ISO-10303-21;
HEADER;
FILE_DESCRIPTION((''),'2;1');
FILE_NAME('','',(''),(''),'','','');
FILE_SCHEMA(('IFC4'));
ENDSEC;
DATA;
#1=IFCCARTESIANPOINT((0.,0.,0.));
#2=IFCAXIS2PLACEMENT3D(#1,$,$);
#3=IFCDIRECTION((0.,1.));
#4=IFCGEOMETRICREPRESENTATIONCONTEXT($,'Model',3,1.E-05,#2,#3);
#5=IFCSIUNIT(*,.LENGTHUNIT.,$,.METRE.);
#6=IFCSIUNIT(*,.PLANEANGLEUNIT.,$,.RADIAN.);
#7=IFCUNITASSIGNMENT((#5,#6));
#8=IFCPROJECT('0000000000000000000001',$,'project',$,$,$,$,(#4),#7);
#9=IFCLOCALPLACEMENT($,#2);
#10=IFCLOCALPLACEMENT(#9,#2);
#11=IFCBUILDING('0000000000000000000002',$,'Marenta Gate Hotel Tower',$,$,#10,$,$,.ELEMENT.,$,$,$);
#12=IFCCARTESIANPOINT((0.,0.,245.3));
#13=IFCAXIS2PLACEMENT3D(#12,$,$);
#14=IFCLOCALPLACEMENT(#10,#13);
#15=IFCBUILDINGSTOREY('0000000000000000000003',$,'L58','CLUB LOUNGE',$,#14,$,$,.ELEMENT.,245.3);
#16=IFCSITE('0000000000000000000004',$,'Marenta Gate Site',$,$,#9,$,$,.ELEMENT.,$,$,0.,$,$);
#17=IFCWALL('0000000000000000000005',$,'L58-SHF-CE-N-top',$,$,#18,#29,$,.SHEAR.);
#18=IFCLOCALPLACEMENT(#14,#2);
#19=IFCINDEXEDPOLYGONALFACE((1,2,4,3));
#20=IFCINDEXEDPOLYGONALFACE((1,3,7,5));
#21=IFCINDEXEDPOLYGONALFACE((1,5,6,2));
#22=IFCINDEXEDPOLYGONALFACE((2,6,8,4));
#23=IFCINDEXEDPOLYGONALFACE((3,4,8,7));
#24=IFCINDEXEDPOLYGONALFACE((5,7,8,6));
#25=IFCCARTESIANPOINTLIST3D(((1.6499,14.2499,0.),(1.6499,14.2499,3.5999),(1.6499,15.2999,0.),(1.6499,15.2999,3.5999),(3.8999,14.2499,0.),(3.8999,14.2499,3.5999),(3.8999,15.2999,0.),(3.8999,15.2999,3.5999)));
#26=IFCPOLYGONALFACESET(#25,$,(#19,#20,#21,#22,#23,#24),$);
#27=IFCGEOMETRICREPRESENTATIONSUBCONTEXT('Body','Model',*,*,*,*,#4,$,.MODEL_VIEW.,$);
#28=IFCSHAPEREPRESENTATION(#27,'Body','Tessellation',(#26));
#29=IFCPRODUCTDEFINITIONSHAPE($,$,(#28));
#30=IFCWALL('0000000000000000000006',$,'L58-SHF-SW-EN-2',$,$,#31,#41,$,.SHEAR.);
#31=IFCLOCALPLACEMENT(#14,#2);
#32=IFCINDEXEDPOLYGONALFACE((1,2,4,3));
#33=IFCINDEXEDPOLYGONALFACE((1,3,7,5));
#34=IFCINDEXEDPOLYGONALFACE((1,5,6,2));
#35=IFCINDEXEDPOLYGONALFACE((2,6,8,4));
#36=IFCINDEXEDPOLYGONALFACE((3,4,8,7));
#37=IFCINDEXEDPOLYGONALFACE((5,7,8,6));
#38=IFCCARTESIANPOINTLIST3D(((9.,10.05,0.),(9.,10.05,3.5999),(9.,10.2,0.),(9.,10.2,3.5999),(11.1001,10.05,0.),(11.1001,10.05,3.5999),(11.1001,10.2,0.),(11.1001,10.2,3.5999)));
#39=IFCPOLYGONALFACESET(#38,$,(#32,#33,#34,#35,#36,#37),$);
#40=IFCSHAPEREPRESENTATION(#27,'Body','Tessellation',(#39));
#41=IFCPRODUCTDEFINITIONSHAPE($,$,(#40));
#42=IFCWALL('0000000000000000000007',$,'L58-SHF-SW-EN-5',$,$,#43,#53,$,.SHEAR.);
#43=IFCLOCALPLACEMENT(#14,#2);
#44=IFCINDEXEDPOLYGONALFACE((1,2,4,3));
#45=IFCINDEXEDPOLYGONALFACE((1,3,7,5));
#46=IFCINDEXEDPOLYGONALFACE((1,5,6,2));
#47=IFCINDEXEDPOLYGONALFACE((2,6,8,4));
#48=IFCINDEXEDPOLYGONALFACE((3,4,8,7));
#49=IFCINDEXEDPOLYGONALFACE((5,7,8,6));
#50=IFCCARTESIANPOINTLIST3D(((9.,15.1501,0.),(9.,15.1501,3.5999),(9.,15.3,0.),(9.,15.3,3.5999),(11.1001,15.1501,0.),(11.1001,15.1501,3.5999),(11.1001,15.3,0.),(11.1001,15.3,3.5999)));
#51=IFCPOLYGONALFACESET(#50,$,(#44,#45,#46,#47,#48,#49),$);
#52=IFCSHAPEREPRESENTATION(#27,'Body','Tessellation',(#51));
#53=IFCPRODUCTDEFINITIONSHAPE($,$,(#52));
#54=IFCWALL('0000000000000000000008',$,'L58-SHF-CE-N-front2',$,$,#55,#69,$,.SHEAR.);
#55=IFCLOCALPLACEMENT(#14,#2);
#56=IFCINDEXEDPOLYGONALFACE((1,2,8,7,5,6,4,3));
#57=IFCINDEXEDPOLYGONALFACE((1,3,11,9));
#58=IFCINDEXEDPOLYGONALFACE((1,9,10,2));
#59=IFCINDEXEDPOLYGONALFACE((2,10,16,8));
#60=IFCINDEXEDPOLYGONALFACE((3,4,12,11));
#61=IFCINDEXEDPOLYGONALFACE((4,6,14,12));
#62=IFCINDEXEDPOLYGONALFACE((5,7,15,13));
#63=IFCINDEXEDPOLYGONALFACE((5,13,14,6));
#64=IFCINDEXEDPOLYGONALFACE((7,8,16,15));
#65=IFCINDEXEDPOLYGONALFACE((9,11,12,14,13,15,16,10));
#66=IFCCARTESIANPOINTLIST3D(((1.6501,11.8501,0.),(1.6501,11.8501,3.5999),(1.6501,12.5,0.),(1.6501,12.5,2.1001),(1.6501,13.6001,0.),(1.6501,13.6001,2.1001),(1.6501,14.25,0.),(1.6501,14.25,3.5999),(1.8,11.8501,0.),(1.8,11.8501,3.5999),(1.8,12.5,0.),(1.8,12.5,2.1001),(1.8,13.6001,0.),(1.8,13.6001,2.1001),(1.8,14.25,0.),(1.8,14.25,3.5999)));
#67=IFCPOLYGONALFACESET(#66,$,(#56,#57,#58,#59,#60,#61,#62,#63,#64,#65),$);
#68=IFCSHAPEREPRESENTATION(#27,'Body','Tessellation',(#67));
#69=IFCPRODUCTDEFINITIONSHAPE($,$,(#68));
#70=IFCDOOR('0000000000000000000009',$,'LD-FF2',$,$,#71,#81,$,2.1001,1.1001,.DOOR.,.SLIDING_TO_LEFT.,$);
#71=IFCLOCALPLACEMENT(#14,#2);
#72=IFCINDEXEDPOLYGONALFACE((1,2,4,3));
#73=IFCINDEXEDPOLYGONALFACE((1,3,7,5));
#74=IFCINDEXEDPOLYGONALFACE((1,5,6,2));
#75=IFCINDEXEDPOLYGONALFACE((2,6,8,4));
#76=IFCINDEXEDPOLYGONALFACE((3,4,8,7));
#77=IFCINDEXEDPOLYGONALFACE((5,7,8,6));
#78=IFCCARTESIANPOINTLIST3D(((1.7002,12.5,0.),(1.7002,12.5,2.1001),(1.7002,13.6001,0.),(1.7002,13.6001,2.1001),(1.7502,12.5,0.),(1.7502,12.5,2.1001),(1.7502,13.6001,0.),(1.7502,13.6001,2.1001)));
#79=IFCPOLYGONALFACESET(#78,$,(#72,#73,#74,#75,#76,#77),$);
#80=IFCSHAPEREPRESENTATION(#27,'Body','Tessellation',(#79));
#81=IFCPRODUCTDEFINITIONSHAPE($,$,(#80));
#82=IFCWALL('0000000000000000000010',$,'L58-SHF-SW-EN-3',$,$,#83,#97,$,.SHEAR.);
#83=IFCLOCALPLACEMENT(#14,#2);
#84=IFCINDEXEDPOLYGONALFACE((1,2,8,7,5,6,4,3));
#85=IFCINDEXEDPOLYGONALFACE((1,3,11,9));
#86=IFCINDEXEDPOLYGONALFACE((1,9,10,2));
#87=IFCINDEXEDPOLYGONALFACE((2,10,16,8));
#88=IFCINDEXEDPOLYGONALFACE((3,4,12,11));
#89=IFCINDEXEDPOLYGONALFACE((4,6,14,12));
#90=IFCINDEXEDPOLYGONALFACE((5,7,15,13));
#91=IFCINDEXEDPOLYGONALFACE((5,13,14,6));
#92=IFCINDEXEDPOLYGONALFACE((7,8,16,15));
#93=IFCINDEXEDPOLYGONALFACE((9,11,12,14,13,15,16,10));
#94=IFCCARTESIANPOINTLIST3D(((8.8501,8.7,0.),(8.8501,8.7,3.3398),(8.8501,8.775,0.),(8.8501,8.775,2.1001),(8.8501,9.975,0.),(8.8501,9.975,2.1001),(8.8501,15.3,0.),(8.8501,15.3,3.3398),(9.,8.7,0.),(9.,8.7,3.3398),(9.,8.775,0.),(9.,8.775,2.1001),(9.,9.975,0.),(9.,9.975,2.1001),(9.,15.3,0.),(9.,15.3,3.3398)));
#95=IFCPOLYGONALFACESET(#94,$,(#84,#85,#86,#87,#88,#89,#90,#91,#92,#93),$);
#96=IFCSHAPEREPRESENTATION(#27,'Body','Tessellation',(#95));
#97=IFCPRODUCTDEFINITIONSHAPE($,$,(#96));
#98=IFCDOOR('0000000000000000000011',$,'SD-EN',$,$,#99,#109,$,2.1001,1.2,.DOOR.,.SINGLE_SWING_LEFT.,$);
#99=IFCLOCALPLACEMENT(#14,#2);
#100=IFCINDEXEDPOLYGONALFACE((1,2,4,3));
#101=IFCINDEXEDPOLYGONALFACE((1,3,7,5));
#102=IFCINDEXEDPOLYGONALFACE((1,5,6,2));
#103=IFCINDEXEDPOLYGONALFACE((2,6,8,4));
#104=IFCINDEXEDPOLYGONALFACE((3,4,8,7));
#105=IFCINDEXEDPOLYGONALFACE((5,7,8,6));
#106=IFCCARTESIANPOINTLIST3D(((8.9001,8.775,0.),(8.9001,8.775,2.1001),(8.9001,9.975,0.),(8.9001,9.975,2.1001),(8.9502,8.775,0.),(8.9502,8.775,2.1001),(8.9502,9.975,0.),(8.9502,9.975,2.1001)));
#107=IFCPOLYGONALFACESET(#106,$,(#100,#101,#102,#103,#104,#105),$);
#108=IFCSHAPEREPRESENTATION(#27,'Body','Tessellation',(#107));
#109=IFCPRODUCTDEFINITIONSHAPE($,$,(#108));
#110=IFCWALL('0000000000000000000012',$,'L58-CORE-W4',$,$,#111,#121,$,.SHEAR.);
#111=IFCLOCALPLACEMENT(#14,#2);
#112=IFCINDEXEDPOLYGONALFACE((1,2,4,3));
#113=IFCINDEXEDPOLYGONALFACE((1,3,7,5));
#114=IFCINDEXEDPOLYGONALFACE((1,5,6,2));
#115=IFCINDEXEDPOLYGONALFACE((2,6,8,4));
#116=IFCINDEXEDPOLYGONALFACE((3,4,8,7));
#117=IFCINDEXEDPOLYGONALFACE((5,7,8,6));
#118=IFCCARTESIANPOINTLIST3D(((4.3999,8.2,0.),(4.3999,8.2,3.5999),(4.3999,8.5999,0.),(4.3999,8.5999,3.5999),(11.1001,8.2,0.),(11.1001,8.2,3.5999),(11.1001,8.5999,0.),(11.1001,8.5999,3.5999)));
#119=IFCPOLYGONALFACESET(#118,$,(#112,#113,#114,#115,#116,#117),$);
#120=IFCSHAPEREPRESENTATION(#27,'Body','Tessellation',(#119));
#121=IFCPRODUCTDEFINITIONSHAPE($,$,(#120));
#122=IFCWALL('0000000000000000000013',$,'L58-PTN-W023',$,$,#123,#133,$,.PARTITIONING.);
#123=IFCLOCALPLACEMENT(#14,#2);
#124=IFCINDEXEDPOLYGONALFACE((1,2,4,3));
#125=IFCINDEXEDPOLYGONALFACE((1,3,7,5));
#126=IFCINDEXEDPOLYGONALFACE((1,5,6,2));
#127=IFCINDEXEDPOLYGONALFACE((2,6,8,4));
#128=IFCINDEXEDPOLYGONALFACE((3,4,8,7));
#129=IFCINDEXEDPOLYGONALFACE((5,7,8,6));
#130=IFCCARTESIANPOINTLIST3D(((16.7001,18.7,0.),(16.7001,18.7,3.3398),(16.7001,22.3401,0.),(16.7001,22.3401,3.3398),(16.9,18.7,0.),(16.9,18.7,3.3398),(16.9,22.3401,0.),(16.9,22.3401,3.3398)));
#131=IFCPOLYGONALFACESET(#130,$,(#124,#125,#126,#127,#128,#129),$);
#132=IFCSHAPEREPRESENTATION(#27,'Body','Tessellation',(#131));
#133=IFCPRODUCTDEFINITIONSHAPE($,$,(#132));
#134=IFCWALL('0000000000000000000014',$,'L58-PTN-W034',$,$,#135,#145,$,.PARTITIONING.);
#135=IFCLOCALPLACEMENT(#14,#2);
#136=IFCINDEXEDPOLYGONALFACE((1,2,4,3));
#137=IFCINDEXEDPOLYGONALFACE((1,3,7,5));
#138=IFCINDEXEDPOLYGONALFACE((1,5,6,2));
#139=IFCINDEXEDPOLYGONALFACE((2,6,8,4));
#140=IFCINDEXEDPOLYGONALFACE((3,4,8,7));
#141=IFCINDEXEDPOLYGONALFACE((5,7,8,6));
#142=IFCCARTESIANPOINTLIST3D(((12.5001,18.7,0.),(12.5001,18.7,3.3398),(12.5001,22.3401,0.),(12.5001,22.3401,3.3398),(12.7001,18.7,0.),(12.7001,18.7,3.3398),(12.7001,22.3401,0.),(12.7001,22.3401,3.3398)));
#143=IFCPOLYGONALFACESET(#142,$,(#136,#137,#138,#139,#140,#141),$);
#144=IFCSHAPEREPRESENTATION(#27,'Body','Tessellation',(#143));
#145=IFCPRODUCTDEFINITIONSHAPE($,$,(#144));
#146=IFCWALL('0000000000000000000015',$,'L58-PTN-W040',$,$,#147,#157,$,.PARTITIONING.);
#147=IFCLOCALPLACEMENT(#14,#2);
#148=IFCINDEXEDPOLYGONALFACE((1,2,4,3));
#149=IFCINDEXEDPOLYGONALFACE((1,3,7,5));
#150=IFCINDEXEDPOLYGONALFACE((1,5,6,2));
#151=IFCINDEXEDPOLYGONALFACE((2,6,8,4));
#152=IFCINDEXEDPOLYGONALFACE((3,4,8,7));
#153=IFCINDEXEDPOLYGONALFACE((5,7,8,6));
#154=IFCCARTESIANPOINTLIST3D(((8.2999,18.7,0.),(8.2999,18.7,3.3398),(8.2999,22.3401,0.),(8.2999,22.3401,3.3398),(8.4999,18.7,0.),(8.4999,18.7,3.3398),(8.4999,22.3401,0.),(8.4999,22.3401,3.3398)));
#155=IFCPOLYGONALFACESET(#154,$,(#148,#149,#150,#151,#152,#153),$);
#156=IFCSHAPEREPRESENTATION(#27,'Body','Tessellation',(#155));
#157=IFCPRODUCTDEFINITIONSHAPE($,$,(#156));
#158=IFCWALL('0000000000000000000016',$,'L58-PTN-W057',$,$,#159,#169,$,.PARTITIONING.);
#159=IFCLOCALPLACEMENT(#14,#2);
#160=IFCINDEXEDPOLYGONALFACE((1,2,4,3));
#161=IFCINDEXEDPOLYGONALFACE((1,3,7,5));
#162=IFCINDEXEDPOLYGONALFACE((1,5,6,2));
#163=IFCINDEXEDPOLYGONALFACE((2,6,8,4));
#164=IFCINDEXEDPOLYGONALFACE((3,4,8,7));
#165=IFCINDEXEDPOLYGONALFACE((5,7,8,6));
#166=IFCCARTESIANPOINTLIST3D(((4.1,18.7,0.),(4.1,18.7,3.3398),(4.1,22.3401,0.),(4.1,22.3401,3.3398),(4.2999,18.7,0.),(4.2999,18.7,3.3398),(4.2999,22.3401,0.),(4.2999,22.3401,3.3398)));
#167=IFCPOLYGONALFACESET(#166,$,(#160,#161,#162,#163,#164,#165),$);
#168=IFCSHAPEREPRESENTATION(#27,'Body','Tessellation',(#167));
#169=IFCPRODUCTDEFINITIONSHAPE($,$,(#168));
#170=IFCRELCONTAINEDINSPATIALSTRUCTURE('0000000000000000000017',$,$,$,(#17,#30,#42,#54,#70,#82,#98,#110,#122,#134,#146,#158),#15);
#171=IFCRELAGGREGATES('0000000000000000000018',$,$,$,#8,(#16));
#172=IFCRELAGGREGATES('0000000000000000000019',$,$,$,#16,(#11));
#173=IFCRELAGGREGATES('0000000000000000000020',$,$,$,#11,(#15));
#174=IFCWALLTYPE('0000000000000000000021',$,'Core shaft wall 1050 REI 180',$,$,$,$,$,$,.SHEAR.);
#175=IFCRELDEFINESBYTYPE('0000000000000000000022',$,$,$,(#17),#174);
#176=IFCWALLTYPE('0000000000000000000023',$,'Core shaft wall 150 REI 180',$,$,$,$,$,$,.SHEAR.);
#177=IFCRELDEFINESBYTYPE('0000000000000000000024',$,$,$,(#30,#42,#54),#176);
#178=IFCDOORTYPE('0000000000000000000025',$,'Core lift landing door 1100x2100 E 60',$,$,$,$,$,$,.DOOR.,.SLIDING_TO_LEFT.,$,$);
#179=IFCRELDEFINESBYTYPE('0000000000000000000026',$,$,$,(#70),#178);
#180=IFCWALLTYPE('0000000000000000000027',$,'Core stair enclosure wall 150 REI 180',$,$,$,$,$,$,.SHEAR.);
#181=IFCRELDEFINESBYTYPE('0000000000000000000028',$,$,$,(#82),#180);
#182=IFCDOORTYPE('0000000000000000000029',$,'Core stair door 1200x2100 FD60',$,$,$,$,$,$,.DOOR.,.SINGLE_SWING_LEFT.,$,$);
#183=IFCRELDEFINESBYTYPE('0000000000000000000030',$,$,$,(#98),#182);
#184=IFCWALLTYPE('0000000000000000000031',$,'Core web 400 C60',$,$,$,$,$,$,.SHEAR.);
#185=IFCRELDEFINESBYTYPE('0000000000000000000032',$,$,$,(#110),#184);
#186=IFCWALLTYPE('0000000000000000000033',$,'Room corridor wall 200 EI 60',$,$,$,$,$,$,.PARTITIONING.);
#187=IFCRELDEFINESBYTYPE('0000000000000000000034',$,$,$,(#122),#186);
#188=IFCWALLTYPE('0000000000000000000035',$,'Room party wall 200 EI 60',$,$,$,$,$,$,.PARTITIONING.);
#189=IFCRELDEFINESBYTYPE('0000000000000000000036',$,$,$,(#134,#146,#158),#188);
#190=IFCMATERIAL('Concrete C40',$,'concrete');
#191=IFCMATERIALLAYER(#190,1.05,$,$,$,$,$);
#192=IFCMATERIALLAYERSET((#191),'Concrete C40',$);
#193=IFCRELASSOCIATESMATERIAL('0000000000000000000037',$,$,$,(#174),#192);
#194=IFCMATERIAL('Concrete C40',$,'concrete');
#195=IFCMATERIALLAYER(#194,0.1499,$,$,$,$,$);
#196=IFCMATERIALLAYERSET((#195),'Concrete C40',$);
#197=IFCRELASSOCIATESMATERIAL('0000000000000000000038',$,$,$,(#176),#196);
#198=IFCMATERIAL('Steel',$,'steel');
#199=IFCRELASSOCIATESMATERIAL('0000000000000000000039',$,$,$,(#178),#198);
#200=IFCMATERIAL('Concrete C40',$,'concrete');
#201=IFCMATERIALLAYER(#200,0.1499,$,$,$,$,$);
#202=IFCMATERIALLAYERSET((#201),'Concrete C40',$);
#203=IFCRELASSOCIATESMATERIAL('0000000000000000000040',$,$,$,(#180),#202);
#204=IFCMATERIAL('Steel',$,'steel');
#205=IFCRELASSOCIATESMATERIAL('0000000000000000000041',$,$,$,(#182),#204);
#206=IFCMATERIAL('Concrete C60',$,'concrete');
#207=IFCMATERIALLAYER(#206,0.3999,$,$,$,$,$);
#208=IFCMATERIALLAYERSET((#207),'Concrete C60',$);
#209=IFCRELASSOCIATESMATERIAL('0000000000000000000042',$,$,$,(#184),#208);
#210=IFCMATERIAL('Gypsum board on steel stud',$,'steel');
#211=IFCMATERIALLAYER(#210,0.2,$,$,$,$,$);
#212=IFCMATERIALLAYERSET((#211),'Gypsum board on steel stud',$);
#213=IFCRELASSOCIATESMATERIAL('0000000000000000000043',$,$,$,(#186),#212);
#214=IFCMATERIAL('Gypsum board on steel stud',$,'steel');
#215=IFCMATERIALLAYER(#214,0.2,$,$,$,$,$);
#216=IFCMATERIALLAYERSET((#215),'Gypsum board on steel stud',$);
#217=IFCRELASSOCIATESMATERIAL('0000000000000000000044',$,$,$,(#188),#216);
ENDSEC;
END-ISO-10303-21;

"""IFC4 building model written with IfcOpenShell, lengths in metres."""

from ifc_helpers import new_model, si_unit, direction, frame, frame_2d, origin, place, context, subcontext, project, spatial, rectangle, extrude, material, layer, layer_set, type_object, element, fill, save


model = new_model("IFC4")

# Units and contexts
model_context = context("Model", 3, precision=1e-05, world=origin(), true_north=direction((0.0, 1.0)))
body_context = subcontext(model_context, "Body", "Model", "MODEL_VIEW")
ifc_project = project(units=[si_unit("LENGTHUNIT", "METRE"), si_unit("PLANEANGLEUNIT", "RADIAN")], contexts=[model_context])

# Site, building, storey
site_placement = place(None, origin())
site = spatial("IfcSite", under=ifc_project, at=site_placement, Name="Marenta Gate Site", CompositionType="ELEMENT", RefElevation=0.0)
building_placement = place(site_placement, origin())
building = spatial("IfcBuilding", under=site, at=building_placement, Name="Marenta Gate Hotel Tower", CompositionType="ELEMENT")
storey_placement = place(building_placement, frame((0.0, 0.0, 245.3)))
storey = spatial("IfcBuildingStorey", under=building, at=storey_placement, Name="L58", Description="CLUB LOUNGE", CompositionType="ELEMENT", Elevation=245.3)

# Walls
ifc_material_1 = material(Name="Concrete C40", Category="concrete")
ifc_layer_1 = layer(ifc_material_1, 1.05)
ifc_layer_set_1 = layer_set([ifc_layer_1], Name="Concrete C40")
wall_type_1 = type_object("IfcWallType", Name="Core shaft wall 1050 REI 180", PredefinedType="SHEAR", material=ifc_layer_set_1)
wall_1_placement = place(storey_placement, frame((1.6499, 14.7749, 0.0), z_axis=(0.0, 0.0, 1.0), x_axis=(1.0, 0.0, 0.0)))
element("IfcWall", 1, at=wall_1_placement, inside=storey, type_object=wall_type_1, Name="L58-SHF-CE-N-top", PredefinedType="SHEAR", context=body_context, shape_type="SweptSolid", body=[
    extrude(rectangle(XDim=2.25, YDim=1.05, at=frame_2d((1.125, 0.0))), origin(), (0.0, 0.0, 1.0), 3.5999),
])
ifc_material_2 = material(Name="Concrete C40", Category="concrete")
ifc_layer_2 = layer(ifc_material_2, 0.1499)
ifc_layer_set_2 = layer_set([ifc_layer_2], Name="Concrete C40")
wall_type_2 = type_object("IfcWallType", Name="Core shaft wall 150 REI 180", PredefinedType="SHEAR", material=ifc_layer_set_2)
for number, where, z_axis, x_axis, name in (
    (2, (9.0, 10.125, 0.0), (0.0, 0.0, 1.0), (1.0, 0.0, 0.0), "L58-SHF-SW-EN-2"),
    (3, (9.0, 15.2251, 0.0), (0.0, 0.0, 1.0), (1.0, 0.0, 0.0), "L58-SHF-SW-EN-5"),
):
    element("IfcWall", number, at=place(storey_placement, frame(where, z_axis=z_axis, x_axis=x_axis)), inside=storey, type_object=wall_type_2, Name=name, PredefinedType="SHEAR", context=body_context, shape_type="SweptSolid", body=[
        extrude(rectangle(XDim=2.1001, YDim=0.1499, at=frame_2d((1.05, 0.0))), origin(), (0.0, 0.0, 1.0), 3.5999),
    ])

# Walls, openings, doors
wall_2_placement = place(storey_placement, frame((1.7251, 11.8501, 0.0), z_axis=(0.0, 0.0, 1.0), x_axis=(0.0, 1.0, 0.0)))
wall_2 = element("IfcWall", 4, at=wall_2_placement, inside=storey, type_object=wall_type_2, Name="L58-SHF-CE-N-front2", PredefinedType="SHEAR", context=body_context, shape_type="SweptSolid", body=[
    extrude(rectangle(XDim=2.3999, YDim=0.1499, at=frame_2d((1.2, 0.0))), origin(), (0.0, 0.0, 1.0), 3.5999),
])
opening_1_placement = place(wall_2_placement, frame((0.6499, 0.0, 0.0)))
opening_1 = element("IfcOpeningElement", 5, at=opening_1_placement, cuts=wall_2, PredefinedType="OPENING", context=body_context, shape_type="SweptSolid", body=[
    extrude(rectangle(XDim=1.1001, YDim=2.1001, at=frame_2d((0.55, 1.05))), frame((0.0, 0.075, 0.0), z_axis=(0.0, -1.0, 0.0), x_axis=(1.0, 0.0, 0.0)), (0.0, 0.0, 1.0), 0.1499),
])
ifc_material_3 = material(Name="Steel", Category="steel")
door_type_1 = type_object("IfcDoorType", Name="Core lift landing door 1100x2100 E 60", OperationType="SLIDING_TO_LEFT", PredefinedType="DOOR", material=ifc_material_3)
door_1_placement = place(opening_1_placement, origin())
door_1 = element("IfcDoor", 6, at=door_1_placement, inside=storey, type_object=door_type_1, Name="LD-FF2", OperationType="SLIDING_TO_LEFT", OverallHeight=2.1001, OverallWidth=1.1001, PredefinedType="DOOR", context=body_context, shape_type="SweptSolid", body=[
    extrude(rectangle(XDim=1.1001, YDim=2.1001, at=frame_2d((0.55, 1.05))), frame((0.0, 0.0249, 0.0), z_axis=(0.0, -1.0, 0.0), x_axis=(1.0, 0.0, 0.0)), (0.0, 0.0, 1.0), 0.05),
])
fill(opening_1, door_1)
ifc_material_4 = material(Name="Concrete C40", Category="concrete")
ifc_layer_3 = layer(ifc_material_4, 0.1499)
ifc_layer_set_3 = layer_set([ifc_layer_3], Name="Concrete C40")
wall_type_3 = type_object("IfcWallType", Name="Core stair enclosure wall 150 REI 180", PredefinedType="SHEAR", material=ifc_layer_set_3)
wall_3_placement = place(storey_placement, frame((8.925, 8.7, 0.0), z_axis=(0.0, 0.0, 1.0), x_axis=(0.0, 1.0, 0.0)))
wall_3 = element("IfcWall", 7, at=wall_3_placement, inside=storey, type_object=wall_type_3, Name="L58-SHF-SW-EN-3", PredefinedType="SHEAR", context=body_context, shape_type="SweptSolid", body=[
    extrude(rectangle(XDim=6.6001, YDim=0.1499, at=frame_2d((3.3, 0.0))), origin(), (0.0, 0.0, 1.0), 3.3398),
])
opening_2_placement = place(wall_3_placement, frame((0.075, 0.0, 0.0)))
opening_2 = element("IfcOpeningElement", 8, at=opening_2_placement, cuts=wall_3, PredefinedType="OPENING", context=body_context, shape_type="SweptSolid", body=[
    extrude(rectangle(XDim=1.2, YDim=2.1001, at=frame_2d((0.6001, 1.05))), frame((0.0, 0.075, 0.0), z_axis=(0.0, -1.0, 0.0), x_axis=(1.0, 0.0, 0.0)), (0.0, 0.0, 1.0), 0.1499),
])
ifc_material_5 = material(Name="Steel", Category="steel")
door_type_2 = type_object("IfcDoorType", Name="Core stair door 1200x2100 FD60", OperationType="SINGLE_SWING_LEFT", PredefinedType="DOOR", material=ifc_material_5)
door_2_placement = place(opening_2_placement, origin())
door_2 = element("IfcDoor", 9, at=door_2_placement, inside=storey, type_object=door_type_2, Name="SD-EN", OperationType="SINGLE_SWING_LEFT", OverallHeight=2.1001, OverallWidth=1.2, PredefinedType="DOOR", context=body_context, shape_type="SweptSolid", body=[
    extrude(rectangle(XDim=1.2, YDim=2.1001, at=frame_2d((0.6001, 1.05))), frame((0.0, 0.0249, 0.0), z_axis=(0.0, -1.0, 0.0), x_axis=(1.0, 0.0, 0.0)), (0.0, 0.0, 1.0), 0.05),
])
fill(opening_2, door_2)

# Walls
ifc_material_6 = material(Name="Concrete C60", Category="concrete")
ifc_layer_4 = layer(ifc_material_6, 0.3999)
ifc_layer_set_4 = layer_set([ifc_layer_4], Name="Concrete C60")
wall_type_4 = type_object("IfcWallType", Name="Core web 400 C60", PredefinedType="SHEAR", material=ifc_layer_set_4)
wall_4_placement = place(storey_placement, frame((4.3999, 8.3999, 0.0), z_axis=(0.0, 0.0, 1.0), x_axis=(1.0, 0.0, 0.0)))
element("IfcWall", 10, at=wall_4_placement, inside=storey, type_object=wall_type_4, Name="L58-CORE-W4", PredefinedType="SHEAR", context=body_context, shape_type="SweptSolid", body=[
    extrude(rectangle(XDim=6.7002, YDim=0.3999, at=frame_2d((3.3501, 0.0))), origin(), (0.0, 0.0, 1.0), 3.5999),
])
ifc_material_7 = material(Name="Gypsum board on steel stud", Category="steel")
ifc_layer_5 = layer(ifc_material_7, 0.2)
ifc_layer_set_5 = layer_set([ifc_layer_5], Name="Gypsum board on steel stud")
wall_type_5 = type_object("IfcWallType", Name="Room corridor wall 200 EI 60", PredefinedType="PARTITIONING", material=ifc_layer_set_5)
wall_5_placement = place(storey_placement, frame((16.8, 18.7, 0.0), z_axis=(0.0, 0.0, 1.0), x_axis=(0.0, 1.0, 0.0)))
element("IfcWall", 11, at=wall_5_placement, inside=storey, type_object=wall_type_5, Name="L58-PTN-W023", PredefinedType="PARTITIONING", context=body_context, shape_type="SweptSolid", body=[
    extrude(rectangle(XDim=3.6401, YDim=0.2, at=frame_2d((1.8201, 0.0))), origin(), (0.0, 0.0, 1.0), 3.3398),
])
ifc_material_8 = material(Name="Gypsum board on steel stud", Category="steel")
ifc_layer_6 = layer(ifc_material_8, 0.2)
ifc_layer_set_6 = layer_set([ifc_layer_6], Name="Gypsum board on steel stud")
wall_type_6 = type_object("IfcWallType", Name="Room party wall 200 EI 60", PredefinedType="PARTITIONING", material=ifc_layer_set_6)
for number, where, z_axis, x_axis, name in (
    (12, (12.6001, 18.7, 0.0), (0.0, 0.0, 1.0), (0.0, 1.0, 0.0), "L58-PTN-W034"),
    (13, (8.3999, 18.7, 0.0), (0.0, 0.0, 1.0), (0.0, 1.0, 0.0), "L58-PTN-W040"),
    (14, (4.2, 18.7, 0.0), (0.0, 0.0, 1.0), (0.0, 1.0, 0.0), "L58-PTN-W057"),
):
    element("IfcWall", number, at=place(storey_placement, frame(where, z_axis=z_axis, x_axis=x_axis)), inside=storey, type_object=wall_type_6, Name=name, PredefinedType="PARTITIONING", context=body_context, shape_type="SweptSolid", body=[
        extrude(rectangle(XDim=3.6401, YDim=0.2, at=frame_2d((1.8201, 0.0))), origin(), (0.0, 0.0, 1.0), 3.3398),
    ])

save(model, "model.ifc")
